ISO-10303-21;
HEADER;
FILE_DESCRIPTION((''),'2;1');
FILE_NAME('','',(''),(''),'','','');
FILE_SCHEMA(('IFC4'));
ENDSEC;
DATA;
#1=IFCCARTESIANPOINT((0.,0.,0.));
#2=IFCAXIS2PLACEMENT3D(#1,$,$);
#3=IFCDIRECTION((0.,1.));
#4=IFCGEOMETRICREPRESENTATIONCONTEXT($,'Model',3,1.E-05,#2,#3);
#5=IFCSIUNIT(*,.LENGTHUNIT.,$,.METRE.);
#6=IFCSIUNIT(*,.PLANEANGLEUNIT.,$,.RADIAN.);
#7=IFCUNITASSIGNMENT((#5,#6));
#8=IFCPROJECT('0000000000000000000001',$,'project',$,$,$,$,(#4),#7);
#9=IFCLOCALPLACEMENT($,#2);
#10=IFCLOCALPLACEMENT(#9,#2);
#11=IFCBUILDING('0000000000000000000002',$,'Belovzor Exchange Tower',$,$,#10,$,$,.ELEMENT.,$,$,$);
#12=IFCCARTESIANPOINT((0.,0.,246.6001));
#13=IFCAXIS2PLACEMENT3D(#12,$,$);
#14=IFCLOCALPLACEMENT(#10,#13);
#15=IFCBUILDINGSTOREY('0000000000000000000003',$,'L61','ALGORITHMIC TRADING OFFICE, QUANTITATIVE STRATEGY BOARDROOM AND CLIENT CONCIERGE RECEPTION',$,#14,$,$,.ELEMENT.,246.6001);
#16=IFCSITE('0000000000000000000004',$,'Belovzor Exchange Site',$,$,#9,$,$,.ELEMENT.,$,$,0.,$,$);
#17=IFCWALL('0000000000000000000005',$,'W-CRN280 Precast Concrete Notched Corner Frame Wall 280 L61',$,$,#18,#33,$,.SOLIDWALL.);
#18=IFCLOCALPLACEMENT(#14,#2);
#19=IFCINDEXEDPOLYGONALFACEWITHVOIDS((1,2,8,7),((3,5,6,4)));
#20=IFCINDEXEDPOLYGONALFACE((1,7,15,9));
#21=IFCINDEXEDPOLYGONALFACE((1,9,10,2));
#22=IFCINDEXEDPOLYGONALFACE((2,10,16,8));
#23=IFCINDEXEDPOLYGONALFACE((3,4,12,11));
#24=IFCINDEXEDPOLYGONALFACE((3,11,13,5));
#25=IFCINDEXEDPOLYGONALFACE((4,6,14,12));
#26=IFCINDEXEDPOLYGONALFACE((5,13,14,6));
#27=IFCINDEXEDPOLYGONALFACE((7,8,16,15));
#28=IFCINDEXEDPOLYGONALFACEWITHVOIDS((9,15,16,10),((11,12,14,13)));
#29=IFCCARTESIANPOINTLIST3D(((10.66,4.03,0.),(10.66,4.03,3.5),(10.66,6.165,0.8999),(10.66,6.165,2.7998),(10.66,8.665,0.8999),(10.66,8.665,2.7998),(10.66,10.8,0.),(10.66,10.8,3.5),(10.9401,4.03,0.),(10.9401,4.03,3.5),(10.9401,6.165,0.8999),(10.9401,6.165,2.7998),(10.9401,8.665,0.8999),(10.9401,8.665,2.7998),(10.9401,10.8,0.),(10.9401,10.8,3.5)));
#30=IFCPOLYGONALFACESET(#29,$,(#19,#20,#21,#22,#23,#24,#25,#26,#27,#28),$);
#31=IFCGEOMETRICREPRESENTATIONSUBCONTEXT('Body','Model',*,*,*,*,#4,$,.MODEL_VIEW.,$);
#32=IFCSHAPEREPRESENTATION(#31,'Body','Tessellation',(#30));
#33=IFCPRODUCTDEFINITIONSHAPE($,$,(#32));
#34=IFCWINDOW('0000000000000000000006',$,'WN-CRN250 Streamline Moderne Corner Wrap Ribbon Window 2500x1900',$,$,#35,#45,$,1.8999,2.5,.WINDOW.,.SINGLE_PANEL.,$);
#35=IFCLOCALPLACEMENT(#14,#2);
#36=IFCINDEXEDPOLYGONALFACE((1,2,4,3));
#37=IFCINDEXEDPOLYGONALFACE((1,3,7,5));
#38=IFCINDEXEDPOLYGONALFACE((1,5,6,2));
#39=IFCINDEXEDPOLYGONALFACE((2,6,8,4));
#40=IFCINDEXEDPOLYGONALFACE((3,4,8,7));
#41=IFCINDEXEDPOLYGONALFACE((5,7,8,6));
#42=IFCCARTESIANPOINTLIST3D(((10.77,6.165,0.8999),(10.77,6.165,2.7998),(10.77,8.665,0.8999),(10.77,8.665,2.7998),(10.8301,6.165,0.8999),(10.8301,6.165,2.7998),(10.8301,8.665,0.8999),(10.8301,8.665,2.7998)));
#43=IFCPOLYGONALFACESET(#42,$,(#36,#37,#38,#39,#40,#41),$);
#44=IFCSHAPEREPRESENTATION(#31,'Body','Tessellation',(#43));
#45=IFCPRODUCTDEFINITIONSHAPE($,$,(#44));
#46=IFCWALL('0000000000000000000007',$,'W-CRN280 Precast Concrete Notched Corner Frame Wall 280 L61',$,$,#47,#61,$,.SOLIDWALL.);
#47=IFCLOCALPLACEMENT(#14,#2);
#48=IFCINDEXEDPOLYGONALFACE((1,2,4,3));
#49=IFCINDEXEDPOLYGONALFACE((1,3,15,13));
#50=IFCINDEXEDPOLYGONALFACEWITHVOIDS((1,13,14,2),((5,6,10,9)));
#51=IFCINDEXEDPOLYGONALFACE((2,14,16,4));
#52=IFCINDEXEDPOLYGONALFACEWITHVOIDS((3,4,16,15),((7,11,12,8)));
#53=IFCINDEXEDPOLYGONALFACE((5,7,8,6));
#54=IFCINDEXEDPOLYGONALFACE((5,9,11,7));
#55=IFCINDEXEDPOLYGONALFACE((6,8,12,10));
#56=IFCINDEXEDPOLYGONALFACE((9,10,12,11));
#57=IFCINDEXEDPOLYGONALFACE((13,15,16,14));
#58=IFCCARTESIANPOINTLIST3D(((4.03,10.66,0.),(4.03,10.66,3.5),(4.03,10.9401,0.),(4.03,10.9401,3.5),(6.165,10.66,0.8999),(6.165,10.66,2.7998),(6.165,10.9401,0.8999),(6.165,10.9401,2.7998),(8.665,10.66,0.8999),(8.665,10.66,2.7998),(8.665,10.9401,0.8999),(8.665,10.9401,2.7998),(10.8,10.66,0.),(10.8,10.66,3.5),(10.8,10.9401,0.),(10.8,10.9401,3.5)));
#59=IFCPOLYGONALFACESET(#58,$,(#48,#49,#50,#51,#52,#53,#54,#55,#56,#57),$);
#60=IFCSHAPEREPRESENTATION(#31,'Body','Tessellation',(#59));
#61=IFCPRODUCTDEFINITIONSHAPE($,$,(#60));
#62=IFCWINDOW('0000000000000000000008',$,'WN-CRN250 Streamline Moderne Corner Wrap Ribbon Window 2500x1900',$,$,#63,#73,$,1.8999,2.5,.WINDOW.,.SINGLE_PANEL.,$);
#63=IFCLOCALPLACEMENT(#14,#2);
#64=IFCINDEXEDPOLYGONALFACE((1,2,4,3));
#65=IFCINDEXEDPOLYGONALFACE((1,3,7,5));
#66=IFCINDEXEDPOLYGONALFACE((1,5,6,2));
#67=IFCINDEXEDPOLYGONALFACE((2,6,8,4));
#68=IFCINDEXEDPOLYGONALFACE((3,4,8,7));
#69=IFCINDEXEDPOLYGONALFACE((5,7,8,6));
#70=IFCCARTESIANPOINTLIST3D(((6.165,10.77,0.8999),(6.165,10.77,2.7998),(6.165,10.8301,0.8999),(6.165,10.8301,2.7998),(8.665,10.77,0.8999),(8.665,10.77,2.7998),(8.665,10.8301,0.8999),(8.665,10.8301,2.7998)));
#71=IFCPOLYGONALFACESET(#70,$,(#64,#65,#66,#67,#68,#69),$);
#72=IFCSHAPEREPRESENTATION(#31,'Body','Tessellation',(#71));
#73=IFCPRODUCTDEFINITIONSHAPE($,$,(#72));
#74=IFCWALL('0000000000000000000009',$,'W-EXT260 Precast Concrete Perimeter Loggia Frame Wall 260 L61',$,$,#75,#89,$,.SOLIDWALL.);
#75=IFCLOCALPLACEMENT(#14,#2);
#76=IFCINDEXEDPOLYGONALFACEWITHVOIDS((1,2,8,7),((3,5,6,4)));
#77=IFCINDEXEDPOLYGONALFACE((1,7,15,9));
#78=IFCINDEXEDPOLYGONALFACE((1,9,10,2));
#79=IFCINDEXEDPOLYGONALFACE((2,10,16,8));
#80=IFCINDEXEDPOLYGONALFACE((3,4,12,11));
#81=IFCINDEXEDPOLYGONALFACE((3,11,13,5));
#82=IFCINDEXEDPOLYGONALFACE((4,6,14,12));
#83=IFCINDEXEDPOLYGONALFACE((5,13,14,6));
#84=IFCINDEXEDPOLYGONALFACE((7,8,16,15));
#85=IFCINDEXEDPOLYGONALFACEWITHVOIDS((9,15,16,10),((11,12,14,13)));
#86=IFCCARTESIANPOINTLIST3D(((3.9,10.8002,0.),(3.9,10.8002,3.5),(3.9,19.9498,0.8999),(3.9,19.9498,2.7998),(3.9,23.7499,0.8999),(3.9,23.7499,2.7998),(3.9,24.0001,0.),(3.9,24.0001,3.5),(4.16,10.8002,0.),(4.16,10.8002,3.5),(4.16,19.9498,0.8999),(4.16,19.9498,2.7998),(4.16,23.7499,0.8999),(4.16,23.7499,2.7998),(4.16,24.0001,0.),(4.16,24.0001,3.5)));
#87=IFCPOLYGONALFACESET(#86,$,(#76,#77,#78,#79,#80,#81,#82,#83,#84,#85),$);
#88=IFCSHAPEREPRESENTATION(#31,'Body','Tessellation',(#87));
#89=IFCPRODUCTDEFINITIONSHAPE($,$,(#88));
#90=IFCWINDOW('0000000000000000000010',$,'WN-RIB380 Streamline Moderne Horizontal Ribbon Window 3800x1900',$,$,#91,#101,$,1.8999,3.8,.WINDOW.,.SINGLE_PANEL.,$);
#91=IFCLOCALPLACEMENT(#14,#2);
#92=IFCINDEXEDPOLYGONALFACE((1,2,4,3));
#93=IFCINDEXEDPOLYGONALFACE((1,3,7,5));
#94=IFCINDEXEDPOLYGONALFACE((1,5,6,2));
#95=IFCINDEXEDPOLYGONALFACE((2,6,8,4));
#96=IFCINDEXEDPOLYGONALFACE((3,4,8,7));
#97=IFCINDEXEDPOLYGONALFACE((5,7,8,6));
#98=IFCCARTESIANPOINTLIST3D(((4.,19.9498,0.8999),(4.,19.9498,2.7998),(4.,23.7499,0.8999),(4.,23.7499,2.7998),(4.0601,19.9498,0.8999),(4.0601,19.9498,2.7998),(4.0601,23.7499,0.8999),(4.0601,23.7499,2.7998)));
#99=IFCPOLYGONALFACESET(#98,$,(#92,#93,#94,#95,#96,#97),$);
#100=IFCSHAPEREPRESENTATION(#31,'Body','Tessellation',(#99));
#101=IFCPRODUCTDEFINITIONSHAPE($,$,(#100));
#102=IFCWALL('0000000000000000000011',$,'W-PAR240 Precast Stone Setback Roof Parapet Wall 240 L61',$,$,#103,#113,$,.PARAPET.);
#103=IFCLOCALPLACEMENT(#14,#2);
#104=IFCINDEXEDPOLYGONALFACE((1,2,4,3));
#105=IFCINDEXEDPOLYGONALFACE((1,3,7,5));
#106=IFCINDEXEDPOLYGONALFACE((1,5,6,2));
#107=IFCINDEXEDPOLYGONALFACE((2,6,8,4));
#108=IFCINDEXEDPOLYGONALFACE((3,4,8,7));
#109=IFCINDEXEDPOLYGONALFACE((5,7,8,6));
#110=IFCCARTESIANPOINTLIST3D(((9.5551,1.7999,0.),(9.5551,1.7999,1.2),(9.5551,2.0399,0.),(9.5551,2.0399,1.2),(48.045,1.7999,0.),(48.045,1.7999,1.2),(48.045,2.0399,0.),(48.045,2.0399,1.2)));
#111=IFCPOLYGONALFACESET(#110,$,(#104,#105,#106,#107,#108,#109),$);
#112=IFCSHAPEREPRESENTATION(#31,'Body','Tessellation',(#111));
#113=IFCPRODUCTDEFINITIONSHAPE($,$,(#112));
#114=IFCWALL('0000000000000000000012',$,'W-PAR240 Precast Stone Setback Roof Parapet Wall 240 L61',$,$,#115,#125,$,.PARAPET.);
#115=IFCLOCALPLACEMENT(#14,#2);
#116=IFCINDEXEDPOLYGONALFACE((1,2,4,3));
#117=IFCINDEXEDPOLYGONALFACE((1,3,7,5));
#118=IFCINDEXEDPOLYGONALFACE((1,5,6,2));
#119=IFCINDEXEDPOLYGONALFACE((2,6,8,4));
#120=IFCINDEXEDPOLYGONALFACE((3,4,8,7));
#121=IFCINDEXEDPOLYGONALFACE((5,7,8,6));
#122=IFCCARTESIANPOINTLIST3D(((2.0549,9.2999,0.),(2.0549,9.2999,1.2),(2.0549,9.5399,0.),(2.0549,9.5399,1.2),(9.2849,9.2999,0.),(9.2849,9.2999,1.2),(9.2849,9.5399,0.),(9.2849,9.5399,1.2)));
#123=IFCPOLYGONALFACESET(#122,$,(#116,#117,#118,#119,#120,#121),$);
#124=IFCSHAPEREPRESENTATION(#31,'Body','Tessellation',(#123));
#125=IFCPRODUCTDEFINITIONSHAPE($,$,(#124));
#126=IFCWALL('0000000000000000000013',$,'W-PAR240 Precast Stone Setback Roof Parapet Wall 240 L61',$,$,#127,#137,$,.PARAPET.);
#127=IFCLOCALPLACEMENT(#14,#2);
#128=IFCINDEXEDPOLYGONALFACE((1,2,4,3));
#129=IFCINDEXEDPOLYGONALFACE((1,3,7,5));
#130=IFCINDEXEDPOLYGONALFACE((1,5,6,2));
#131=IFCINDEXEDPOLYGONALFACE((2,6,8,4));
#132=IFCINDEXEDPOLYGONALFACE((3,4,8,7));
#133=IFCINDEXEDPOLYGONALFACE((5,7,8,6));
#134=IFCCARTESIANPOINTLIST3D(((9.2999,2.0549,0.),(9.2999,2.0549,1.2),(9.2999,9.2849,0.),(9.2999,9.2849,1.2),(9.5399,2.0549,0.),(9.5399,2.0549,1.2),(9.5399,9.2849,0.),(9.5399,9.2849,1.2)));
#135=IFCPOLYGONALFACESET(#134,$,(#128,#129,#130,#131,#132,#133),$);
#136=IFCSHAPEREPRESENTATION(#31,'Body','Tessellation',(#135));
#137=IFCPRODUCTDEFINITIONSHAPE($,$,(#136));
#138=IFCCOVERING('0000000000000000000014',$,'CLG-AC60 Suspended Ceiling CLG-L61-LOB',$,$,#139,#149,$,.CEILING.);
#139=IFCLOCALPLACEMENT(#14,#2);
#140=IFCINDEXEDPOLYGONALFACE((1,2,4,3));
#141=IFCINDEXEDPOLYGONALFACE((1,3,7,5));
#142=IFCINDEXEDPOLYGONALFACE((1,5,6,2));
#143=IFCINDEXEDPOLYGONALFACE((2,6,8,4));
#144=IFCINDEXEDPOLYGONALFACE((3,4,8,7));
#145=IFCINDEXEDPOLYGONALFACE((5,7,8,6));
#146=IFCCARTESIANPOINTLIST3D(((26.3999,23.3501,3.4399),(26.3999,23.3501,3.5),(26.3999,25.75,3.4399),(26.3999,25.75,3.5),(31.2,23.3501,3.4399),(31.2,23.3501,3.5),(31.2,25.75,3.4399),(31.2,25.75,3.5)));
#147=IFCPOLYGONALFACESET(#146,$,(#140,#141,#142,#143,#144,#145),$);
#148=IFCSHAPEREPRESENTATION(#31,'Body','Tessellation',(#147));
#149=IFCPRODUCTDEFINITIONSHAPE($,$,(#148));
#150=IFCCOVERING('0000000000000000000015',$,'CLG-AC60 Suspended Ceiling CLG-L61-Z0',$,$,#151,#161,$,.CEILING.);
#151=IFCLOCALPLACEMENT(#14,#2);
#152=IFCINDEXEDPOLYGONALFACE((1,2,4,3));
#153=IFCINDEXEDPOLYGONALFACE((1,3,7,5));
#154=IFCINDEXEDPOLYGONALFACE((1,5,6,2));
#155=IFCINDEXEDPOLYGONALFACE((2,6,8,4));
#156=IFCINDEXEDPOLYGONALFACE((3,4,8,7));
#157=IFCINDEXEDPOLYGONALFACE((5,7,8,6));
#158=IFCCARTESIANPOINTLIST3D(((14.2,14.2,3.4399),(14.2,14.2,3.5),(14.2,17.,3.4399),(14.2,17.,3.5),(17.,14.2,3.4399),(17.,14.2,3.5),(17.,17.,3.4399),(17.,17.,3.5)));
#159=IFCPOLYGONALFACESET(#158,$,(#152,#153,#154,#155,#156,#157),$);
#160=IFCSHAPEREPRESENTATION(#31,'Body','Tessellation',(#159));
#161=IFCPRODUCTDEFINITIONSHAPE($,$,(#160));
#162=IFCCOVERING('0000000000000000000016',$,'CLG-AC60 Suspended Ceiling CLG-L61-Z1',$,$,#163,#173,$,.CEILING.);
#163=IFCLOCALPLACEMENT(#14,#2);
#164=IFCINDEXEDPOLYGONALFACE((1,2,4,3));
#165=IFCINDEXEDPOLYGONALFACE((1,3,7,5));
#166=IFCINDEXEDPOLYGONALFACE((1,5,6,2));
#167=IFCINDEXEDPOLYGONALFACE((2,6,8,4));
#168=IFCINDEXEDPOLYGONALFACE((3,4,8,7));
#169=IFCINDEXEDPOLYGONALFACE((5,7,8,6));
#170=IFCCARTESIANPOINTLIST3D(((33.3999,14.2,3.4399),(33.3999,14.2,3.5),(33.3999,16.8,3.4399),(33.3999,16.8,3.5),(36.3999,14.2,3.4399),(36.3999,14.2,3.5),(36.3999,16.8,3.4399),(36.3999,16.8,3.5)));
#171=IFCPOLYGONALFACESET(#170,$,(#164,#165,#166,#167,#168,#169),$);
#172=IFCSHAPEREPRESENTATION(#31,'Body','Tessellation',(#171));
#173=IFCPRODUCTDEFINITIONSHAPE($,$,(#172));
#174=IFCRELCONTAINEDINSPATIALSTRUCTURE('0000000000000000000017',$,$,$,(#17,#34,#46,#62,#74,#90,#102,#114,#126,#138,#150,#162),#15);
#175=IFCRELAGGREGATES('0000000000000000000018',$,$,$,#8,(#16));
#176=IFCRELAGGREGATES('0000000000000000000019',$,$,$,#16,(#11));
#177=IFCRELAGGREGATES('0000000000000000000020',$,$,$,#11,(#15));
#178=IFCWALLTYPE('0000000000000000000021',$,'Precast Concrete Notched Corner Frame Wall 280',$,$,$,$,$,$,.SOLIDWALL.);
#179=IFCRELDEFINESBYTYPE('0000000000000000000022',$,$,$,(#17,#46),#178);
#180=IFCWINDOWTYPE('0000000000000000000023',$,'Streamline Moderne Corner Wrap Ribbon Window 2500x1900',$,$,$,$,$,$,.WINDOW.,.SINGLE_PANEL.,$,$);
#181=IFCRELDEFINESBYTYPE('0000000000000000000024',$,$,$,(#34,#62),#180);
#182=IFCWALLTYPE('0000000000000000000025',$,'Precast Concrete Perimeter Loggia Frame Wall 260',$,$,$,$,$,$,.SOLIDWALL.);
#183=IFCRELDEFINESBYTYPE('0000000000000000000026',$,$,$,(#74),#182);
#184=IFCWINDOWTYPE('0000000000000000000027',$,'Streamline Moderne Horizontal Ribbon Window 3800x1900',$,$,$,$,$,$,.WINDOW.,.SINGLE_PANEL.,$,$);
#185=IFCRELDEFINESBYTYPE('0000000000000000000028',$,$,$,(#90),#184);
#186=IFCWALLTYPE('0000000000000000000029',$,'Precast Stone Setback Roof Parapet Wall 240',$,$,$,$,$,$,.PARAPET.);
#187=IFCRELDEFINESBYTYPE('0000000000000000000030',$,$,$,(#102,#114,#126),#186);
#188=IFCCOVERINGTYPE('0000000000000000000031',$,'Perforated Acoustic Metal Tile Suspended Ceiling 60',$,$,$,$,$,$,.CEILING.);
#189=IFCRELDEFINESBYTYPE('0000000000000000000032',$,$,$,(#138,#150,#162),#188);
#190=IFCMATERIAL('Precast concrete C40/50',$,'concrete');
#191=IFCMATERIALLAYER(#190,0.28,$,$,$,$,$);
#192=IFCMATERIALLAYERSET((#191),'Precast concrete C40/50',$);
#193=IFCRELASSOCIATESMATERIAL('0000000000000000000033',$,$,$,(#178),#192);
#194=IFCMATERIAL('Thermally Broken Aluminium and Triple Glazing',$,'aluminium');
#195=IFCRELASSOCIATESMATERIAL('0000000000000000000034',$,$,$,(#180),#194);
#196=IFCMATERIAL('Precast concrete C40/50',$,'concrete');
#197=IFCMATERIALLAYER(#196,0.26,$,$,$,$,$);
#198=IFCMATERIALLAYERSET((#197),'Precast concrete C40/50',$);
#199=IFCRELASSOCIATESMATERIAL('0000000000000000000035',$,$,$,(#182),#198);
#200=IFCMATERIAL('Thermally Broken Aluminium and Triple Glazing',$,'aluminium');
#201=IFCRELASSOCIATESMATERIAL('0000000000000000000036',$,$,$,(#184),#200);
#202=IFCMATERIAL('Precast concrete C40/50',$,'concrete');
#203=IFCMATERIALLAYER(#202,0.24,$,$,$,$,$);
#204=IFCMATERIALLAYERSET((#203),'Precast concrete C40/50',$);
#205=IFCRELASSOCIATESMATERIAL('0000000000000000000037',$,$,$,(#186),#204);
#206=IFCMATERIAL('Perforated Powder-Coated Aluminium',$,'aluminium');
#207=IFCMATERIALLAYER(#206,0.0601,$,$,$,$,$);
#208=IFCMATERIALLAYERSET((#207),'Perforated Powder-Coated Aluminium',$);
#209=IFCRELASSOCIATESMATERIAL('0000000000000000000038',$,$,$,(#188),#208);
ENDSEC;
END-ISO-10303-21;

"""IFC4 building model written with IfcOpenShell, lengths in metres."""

from ifc_helpers import new_model, si_unit, direction, frame, frame_2d, origin, place, context, subcontext, project, spatial, polyline, rectangle, outline, extrude, material, layer, layer_set, type_object, element, fill, save


model = new_model("IFC4")

# Units and contexts
model_context = context("Model", 3, precision=1e-05, world=origin(), true_north=direction((0.0, 1.0)))
body_context = subcontext(model_context, "Body", "Model", "MODEL_VIEW")
ifc_project = project(units=[si_unit("LENGTHUNIT", "METRE"), si_unit("PLANEANGLEUNIT", "RADIAN")], contexts=[model_context])

# Site, building, storey
site_placement = place(None, origin())
site = spatial("IfcSite", under=ifc_project, at=site_placement, Name="Belovzor Exchange Site", CompositionType="ELEMENT", RefElevation=0.0)
building_placement = place(site_placement, origin())
building = spatial("IfcBuilding", under=site, at=building_placement, Name="Belovzor Exchange Tower", CompositionType="ELEMENT")
storey_placement = place(building_placement, frame((0.0, 0.0, 246.6001)))
storey = spatial("IfcBuildingStorey", under=building, at=storey_placement, Name="L61", Description="ALGORITHMIC TRADING OFFICE, QUANTITATIVE STRATEGY BOARDROOM AND CLIENT CONCIERGE RECEPTION", CompositionType="ELEMENT", Elevation=246.6001)

# Walls, openings, windows
ifc_material_1 = material(Name="Precast concrete C40/50", Category="concrete")
ifc_layer_1 = layer(ifc_material_1, 0.28)
ifc_layer_set_1 = layer_set([ifc_layer_1], Name="Precast concrete C40/50")
wall_type_1 = type_object("IfcWallType", Name="Precast Concrete Notched Corner Frame Wall 280", PredefinedType="SOLIDWALL", material=ifc_layer_set_1)
wall_1_placement = place(storey_placement, frame((10.8, 4.03, 0.0), z_axis=(0.0, 0.0, 1.0), x_axis=(0.0, 1.0, 0.0)))
wall_1 = element("IfcWall", 1, at=wall_1_placement, inside=storey, type_object=wall_type_1, Name="W-CRN280 Precast Concrete Notched Corner Frame Wall 280 L61", PredefinedType="SOLIDWALL", context=body_context, shape_type="SweptSolid", body=[
    extrude(rectangle(XDim=6.77, YDim=0.28, at=frame_2d((3.385, 0.0))), origin(), (0.0, 0.0, 1.0), 3.5),
])
opening_1_placement = place(wall_1_placement, frame((2.135, 0.0, 0.8999)))
opening_1 = element("IfcOpeningElement", 2, at=opening_1_placement, cuts=wall_1, PredefinedType="OPENING", context=body_context, shape_type="SweptSolid", body=[
    extrude(rectangle(XDim=2.5, YDim=1.8999, at=frame_2d((1.25, 0.95))), frame((0.0, 0.1499, 0.0), z_axis=(0.0, -1.0, 0.0), x_axis=(1.0, 0.0, 0.0)), (0.0, 0.0, 1.0), 0.3),
])
ifc_material_2 = material(Name="Thermally Broken Aluminium and Triple Glazing", Category="aluminium")
window_type_1 = type_object("IfcWindowType", Name="Streamline Moderne Corner Wrap Ribbon Window 2500x1900", PartitioningType="SINGLE_PANEL", PredefinedType="WINDOW", material=ifc_material_2)
window_1_placement = place(opening_1_placement, origin())
window_1 = element("IfcWindow", 3, at=window_1_placement, inside=storey, type_object=window_type_1, Name="WN-CRN250 Streamline Moderne Corner Wrap Ribbon Window 2500x1900", OverallHeight=1.8999, OverallWidth=2.5, PartitioningType="SINGLE_PANEL", PredefinedType="WINDOW", context=body_context, shape_type="SweptSolid", body=[
    extrude(rectangle(XDim=2.5, YDim=1.8999, at=frame_2d((1.25, 0.95))), frame((0.0, 0.03, 0.0), z_axis=(0.0, -1.0, 0.0), x_axis=(1.0, 0.0, 0.0)), (0.0, 0.0, 1.0), 0.0601),
])
fill(opening_1, window_1)
wall_2_placement = place(storey_placement, frame((10.8, 10.8, 0.0), z_axis=(0.0, 0.0, 1.0), x_axis=(-1.0, 0.0, 0.0)))
wall_2 = element("IfcWall", 4, at=wall_2_placement, inside=storey, type_object=wall_type_1, Name="W-CRN280 Precast Concrete Notched Corner Frame Wall 280 L61", PredefinedType="SOLIDWALL", context=body_context, shape_type="SweptSolid", body=[
    extrude(rectangle(XDim=6.77, YDim=0.28, at=frame_2d((3.385, 0.0))), origin(), (0.0, 0.0, 1.0), 3.5),
])
opening_2_placement = place(wall_2_placement, frame((2.135, 0.0, 0.8999)))
opening_2 = element("IfcOpeningElement", 5, at=opening_2_placement, cuts=wall_2, PredefinedType="OPENING", context=body_context, shape_type="SweptSolid", body=[
    extrude(rectangle(XDim=2.5, YDim=1.8999, at=frame_2d((1.25, 0.95))), frame((0.0, 0.1499, 0.0), z_axis=(0.0, -1.0, 0.0), x_axis=(1.0, 0.0, 0.0)), (0.0, 0.0, 1.0), 0.3),
])
window_2_placement = place(opening_2_placement, origin())
window_2 = element("IfcWindow", 6, at=window_2_placement, inside=storey, type_object=window_type_1, Name="WN-CRN250 Streamline Moderne Corner Wrap Ribbon Window 2500x1900", OverallHeight=1.8999, OverallWidth=2.5, PartitioningType="SINGLE_PANEL", PredefinedType="WINDOW", context=body_context, shape_type="SweptSolid", body=[
    extrude(rectangle(XDim=2.5, YDim=1.8999, at=frame_2d((1.25, 0.95))), frame((0.0, 0.03, 0.0), z_axis=(0.0, -1.0, 0.0), x_axis=(1.0, 0.0, 0.0)), (0.0, 0.0, 1.0), 0.0601),
])
fill(opening_2, window_2)
ifc_material_3 = material(Name="Precast concrete C40/50", Category="concrete")
ifc_layer_2 = layer(ifc_material_3, 0.26)
ifc_layer_set_2 = layer_set([ifc_layer_2], Name="Precast concrete C40/50")
wall_type_2 = type_object("IfcWallType", Name="Precast Concrete Perimeter Loggia Frame Wall 260", PredefinedType="SOLIDWALL", material=ifc_layer_set_2)
wall_3_placement = place(storey_placement, frame((4.03, 10.8, 0.0), z_axis=(0.0, 0.0, 1.0), x_axis=(0.0, 1.0, 0.0)))
wall_3 = element("IfcWall", 7, at=wall_3_placement, inside=storey, type_object=wall_type_2, Name="W-EXT260 Precast Concrete Perimeter Loggia Frame Wall 260 L61", PredefinedType="SOLIDWALL", context=body_context, shape_type="SweptSolid", body=[
    extrude(rectangle(XDim=13.2, YDim=0.26, at=frame_2d((6.6001, 0.0))), origin(), (0.0, 0.0, 1.0), 3.5),
])
opening_3_placement = place(wall_3_placement, frame((9.1499, 0.0, 0.8999)))
opening_3 = element("IfcOpeningElement", 8, at=opening_3_placement, cuts=wall_3, PredefinedType="OPENING", context=body_context, shape_type="SweptSolid", body=[
    extrude(rectangle(XDim=3.8, YDim=1.8999, at=frame_2d((1.8999, 0.95))), frame((0.0, 0.1399, 0.0), z_axis=(0.0, -1.0, 0.0), x_axis=(1.0, 0.0, 0.0)), (0.0, 0.0, 1.0), 0.28),
])
ifc_material_4 = material(Name="Thermally Broken Aluminium and Triple Glazing", Category="aluminium")
window_type_2 = type_object("IfcWindowType", Name="Streamline Moderne Horizontal Ribbon Window 3800x1900", PartitioningType="SINGLE_PANEL", PredefinedType="WINDOW", material=ifc_material_4)
window_3_placement = place(opening_3_placement, origin())
window_3 = element("IfcWindow", 9, at=window_3_placement, inside=storey, type_object=window_type_2, Name="WN-RIB380 Streamline Moderne Horizontal Ribbon Window 3800x1900", OverallHeight=1.8999, OverallWidth=3.8, PartitioningType="SINGLE_PANEL", PredefinedType="WINDOW", context=body_context, shape_type="SweptSolid", body=[
    extrude(rectangle(XDim=3.8, YDim=1.8999, at=frame_2d((1.8999, 0.95))), frame((0.0, 0.03, 0.0), z_axis=(0.0, -1.0, 0.0), x_axis=(1.0, 0.0, 0.0)), (0.0, 0.0, 1.0), 0.0601),
])
fill(opening_3, window_3)

# Walls
ifc_material_5 = material(Name="Precast concrete C40/50", Category="concrete")
ifc_layer_3 = layer(ifc_material_5, 0.24)
ifc_layer_set_3 = layer_set([ifc_layer_3], Name="Precast concrete C40/50")
wall_type_3 = type_object("IfcWallType", Name="Precast Stone Setback Roof Parapet Wall 240", PredefinedType="PARAPET", material=ifc_layer_set_3)
wall_4_placement = place(storey_placement, frame((9.5549, 1.9199, 0.0), z_axis=(0.0, 0.0, 1.0), x_axis=(1.0, 0.0, 0.0)))
element("IfcWall", 10, at=wall_4_placement, inside=storey, type_object=wall_type_3, Name="W-PAR240 Precast Stone Setback Roof Parapet Wall 240 L61", PredefinedType="PARAPET", context=body_context, shape_type="SweptSolid", body=[
    extrude(rectangle(XDim=38.49, YDim=0.24, at=frame_2d((19.2451, 0.0))), origin(), (0.0, 0.0, 1.0), 1.2),
])
for number, where, z_axis, x_axis, name in (
    (11, (2.0549, 9.4199, 0.0), (0.0, 0.0, 1.0), (1.0, 0.0, 0.0), "W-PAR240 Precast Stone Setback Roof Parapet Wall 240 L61"),
    (12, (9.4199, 9.2849, 0.0), (0.0, 0.0, 1.0), (0.0, -1.0, 0.0), "W-PAR240 Precast Stone Setback Roof Parapet Wall 240 L61"),
):
    element("IfcWall", number, at=place(storey_placement, frame(where, z_axis=z_axis, x_axis=x_axis)), inside=storey, type_object=wall_type_3, Name=name, PredefinedType="PARAPET", context=body_context, shape_type="SweptSolid", body=[
        extrude(rectangle(XDim=7.23, YDim=0.24, at=frame_2d((3.615, 0.0))), origin(), (0.0, 0.0, 1.0), 1.2),
    ])

# Coverings
ifc_material_6 = material(Name="Perforated Powder-Coated Aluminium", Category="aluminium")
ifc_layer_4 = layer(ifc_material_6, 0.0601)
ifc_layer_set_4 = layer_set([ifc_layer_4], Name="Perforated Powder-Coated Aluminium")
covering_type_1 = type_object("IfcCoveringType", Name="Perforated Acoustic Metal Tile Suspended Ceiling 60", PredefinedType="CEILING", material=ifc_layer_set_4)
covering_1_placement = place(storey_placement, frame((0.0, 0.0, 3.4399)))
element("IfcCovering", 13, at=covering_1_placement, inside=storey, type_object=covering_type_1, Name="CLG-AC60 Suspended Ceiling CLG-L61-LOB", PredefinedType="CEILING", context=body_context, shape_type="SweptSolid", body=[
    extrude(outline(polyline([(26.3999, 23.3501), (31.2, 23.3501), (31.2, 25.75), (26.3999, 25.75), (26.3999, 23.3501)])), origin(), (0.0, 0.0, 1.0), 0.0601),
])
covering_2_placement = place(storey_placement, frame((0.0, 0.0, 3.4399)))
element("IfcCovering", 14, at=covering_2_placement, inside=storey, type_object=covering_type_1, Name="CLG-AC60 Suspended Ceiling CLG-L61-Z0", PredefinedType="CEILING", context=body_context, shape_type="SweptSolid", body=[
    extrude(outline(polyline([(14.2, 14.2), (17.0, 14.2), (17.0, 17.0), (14.2, 17.0), (14.2, 14.2)])), origin(), (0.0, 0.0, 1.0), 0.0601),
])
covering_3_placement = place(storey_placement, frame((0.0, 0.0, 3.4399)))
element("IfcCovering", 15, at=covering_3_placement, inside=storey, type_object=covering_type_1, Name="CLG-AC60 Suspended Ceiling CLG-L61-Z1", PredefinedType="CEILING", context=body_context, shape_type="SweptSolid", body=[
    extrude(outline(polyline([(33.3999, 14.2), (36.3999, 14.2), (36.3999, 16.8), (33.3999, 16.8), (33.3999, 14.2)])), origin(), (0.0, 0.0, 1.0), 0.0601),
])

save(model, "model.ifc")
